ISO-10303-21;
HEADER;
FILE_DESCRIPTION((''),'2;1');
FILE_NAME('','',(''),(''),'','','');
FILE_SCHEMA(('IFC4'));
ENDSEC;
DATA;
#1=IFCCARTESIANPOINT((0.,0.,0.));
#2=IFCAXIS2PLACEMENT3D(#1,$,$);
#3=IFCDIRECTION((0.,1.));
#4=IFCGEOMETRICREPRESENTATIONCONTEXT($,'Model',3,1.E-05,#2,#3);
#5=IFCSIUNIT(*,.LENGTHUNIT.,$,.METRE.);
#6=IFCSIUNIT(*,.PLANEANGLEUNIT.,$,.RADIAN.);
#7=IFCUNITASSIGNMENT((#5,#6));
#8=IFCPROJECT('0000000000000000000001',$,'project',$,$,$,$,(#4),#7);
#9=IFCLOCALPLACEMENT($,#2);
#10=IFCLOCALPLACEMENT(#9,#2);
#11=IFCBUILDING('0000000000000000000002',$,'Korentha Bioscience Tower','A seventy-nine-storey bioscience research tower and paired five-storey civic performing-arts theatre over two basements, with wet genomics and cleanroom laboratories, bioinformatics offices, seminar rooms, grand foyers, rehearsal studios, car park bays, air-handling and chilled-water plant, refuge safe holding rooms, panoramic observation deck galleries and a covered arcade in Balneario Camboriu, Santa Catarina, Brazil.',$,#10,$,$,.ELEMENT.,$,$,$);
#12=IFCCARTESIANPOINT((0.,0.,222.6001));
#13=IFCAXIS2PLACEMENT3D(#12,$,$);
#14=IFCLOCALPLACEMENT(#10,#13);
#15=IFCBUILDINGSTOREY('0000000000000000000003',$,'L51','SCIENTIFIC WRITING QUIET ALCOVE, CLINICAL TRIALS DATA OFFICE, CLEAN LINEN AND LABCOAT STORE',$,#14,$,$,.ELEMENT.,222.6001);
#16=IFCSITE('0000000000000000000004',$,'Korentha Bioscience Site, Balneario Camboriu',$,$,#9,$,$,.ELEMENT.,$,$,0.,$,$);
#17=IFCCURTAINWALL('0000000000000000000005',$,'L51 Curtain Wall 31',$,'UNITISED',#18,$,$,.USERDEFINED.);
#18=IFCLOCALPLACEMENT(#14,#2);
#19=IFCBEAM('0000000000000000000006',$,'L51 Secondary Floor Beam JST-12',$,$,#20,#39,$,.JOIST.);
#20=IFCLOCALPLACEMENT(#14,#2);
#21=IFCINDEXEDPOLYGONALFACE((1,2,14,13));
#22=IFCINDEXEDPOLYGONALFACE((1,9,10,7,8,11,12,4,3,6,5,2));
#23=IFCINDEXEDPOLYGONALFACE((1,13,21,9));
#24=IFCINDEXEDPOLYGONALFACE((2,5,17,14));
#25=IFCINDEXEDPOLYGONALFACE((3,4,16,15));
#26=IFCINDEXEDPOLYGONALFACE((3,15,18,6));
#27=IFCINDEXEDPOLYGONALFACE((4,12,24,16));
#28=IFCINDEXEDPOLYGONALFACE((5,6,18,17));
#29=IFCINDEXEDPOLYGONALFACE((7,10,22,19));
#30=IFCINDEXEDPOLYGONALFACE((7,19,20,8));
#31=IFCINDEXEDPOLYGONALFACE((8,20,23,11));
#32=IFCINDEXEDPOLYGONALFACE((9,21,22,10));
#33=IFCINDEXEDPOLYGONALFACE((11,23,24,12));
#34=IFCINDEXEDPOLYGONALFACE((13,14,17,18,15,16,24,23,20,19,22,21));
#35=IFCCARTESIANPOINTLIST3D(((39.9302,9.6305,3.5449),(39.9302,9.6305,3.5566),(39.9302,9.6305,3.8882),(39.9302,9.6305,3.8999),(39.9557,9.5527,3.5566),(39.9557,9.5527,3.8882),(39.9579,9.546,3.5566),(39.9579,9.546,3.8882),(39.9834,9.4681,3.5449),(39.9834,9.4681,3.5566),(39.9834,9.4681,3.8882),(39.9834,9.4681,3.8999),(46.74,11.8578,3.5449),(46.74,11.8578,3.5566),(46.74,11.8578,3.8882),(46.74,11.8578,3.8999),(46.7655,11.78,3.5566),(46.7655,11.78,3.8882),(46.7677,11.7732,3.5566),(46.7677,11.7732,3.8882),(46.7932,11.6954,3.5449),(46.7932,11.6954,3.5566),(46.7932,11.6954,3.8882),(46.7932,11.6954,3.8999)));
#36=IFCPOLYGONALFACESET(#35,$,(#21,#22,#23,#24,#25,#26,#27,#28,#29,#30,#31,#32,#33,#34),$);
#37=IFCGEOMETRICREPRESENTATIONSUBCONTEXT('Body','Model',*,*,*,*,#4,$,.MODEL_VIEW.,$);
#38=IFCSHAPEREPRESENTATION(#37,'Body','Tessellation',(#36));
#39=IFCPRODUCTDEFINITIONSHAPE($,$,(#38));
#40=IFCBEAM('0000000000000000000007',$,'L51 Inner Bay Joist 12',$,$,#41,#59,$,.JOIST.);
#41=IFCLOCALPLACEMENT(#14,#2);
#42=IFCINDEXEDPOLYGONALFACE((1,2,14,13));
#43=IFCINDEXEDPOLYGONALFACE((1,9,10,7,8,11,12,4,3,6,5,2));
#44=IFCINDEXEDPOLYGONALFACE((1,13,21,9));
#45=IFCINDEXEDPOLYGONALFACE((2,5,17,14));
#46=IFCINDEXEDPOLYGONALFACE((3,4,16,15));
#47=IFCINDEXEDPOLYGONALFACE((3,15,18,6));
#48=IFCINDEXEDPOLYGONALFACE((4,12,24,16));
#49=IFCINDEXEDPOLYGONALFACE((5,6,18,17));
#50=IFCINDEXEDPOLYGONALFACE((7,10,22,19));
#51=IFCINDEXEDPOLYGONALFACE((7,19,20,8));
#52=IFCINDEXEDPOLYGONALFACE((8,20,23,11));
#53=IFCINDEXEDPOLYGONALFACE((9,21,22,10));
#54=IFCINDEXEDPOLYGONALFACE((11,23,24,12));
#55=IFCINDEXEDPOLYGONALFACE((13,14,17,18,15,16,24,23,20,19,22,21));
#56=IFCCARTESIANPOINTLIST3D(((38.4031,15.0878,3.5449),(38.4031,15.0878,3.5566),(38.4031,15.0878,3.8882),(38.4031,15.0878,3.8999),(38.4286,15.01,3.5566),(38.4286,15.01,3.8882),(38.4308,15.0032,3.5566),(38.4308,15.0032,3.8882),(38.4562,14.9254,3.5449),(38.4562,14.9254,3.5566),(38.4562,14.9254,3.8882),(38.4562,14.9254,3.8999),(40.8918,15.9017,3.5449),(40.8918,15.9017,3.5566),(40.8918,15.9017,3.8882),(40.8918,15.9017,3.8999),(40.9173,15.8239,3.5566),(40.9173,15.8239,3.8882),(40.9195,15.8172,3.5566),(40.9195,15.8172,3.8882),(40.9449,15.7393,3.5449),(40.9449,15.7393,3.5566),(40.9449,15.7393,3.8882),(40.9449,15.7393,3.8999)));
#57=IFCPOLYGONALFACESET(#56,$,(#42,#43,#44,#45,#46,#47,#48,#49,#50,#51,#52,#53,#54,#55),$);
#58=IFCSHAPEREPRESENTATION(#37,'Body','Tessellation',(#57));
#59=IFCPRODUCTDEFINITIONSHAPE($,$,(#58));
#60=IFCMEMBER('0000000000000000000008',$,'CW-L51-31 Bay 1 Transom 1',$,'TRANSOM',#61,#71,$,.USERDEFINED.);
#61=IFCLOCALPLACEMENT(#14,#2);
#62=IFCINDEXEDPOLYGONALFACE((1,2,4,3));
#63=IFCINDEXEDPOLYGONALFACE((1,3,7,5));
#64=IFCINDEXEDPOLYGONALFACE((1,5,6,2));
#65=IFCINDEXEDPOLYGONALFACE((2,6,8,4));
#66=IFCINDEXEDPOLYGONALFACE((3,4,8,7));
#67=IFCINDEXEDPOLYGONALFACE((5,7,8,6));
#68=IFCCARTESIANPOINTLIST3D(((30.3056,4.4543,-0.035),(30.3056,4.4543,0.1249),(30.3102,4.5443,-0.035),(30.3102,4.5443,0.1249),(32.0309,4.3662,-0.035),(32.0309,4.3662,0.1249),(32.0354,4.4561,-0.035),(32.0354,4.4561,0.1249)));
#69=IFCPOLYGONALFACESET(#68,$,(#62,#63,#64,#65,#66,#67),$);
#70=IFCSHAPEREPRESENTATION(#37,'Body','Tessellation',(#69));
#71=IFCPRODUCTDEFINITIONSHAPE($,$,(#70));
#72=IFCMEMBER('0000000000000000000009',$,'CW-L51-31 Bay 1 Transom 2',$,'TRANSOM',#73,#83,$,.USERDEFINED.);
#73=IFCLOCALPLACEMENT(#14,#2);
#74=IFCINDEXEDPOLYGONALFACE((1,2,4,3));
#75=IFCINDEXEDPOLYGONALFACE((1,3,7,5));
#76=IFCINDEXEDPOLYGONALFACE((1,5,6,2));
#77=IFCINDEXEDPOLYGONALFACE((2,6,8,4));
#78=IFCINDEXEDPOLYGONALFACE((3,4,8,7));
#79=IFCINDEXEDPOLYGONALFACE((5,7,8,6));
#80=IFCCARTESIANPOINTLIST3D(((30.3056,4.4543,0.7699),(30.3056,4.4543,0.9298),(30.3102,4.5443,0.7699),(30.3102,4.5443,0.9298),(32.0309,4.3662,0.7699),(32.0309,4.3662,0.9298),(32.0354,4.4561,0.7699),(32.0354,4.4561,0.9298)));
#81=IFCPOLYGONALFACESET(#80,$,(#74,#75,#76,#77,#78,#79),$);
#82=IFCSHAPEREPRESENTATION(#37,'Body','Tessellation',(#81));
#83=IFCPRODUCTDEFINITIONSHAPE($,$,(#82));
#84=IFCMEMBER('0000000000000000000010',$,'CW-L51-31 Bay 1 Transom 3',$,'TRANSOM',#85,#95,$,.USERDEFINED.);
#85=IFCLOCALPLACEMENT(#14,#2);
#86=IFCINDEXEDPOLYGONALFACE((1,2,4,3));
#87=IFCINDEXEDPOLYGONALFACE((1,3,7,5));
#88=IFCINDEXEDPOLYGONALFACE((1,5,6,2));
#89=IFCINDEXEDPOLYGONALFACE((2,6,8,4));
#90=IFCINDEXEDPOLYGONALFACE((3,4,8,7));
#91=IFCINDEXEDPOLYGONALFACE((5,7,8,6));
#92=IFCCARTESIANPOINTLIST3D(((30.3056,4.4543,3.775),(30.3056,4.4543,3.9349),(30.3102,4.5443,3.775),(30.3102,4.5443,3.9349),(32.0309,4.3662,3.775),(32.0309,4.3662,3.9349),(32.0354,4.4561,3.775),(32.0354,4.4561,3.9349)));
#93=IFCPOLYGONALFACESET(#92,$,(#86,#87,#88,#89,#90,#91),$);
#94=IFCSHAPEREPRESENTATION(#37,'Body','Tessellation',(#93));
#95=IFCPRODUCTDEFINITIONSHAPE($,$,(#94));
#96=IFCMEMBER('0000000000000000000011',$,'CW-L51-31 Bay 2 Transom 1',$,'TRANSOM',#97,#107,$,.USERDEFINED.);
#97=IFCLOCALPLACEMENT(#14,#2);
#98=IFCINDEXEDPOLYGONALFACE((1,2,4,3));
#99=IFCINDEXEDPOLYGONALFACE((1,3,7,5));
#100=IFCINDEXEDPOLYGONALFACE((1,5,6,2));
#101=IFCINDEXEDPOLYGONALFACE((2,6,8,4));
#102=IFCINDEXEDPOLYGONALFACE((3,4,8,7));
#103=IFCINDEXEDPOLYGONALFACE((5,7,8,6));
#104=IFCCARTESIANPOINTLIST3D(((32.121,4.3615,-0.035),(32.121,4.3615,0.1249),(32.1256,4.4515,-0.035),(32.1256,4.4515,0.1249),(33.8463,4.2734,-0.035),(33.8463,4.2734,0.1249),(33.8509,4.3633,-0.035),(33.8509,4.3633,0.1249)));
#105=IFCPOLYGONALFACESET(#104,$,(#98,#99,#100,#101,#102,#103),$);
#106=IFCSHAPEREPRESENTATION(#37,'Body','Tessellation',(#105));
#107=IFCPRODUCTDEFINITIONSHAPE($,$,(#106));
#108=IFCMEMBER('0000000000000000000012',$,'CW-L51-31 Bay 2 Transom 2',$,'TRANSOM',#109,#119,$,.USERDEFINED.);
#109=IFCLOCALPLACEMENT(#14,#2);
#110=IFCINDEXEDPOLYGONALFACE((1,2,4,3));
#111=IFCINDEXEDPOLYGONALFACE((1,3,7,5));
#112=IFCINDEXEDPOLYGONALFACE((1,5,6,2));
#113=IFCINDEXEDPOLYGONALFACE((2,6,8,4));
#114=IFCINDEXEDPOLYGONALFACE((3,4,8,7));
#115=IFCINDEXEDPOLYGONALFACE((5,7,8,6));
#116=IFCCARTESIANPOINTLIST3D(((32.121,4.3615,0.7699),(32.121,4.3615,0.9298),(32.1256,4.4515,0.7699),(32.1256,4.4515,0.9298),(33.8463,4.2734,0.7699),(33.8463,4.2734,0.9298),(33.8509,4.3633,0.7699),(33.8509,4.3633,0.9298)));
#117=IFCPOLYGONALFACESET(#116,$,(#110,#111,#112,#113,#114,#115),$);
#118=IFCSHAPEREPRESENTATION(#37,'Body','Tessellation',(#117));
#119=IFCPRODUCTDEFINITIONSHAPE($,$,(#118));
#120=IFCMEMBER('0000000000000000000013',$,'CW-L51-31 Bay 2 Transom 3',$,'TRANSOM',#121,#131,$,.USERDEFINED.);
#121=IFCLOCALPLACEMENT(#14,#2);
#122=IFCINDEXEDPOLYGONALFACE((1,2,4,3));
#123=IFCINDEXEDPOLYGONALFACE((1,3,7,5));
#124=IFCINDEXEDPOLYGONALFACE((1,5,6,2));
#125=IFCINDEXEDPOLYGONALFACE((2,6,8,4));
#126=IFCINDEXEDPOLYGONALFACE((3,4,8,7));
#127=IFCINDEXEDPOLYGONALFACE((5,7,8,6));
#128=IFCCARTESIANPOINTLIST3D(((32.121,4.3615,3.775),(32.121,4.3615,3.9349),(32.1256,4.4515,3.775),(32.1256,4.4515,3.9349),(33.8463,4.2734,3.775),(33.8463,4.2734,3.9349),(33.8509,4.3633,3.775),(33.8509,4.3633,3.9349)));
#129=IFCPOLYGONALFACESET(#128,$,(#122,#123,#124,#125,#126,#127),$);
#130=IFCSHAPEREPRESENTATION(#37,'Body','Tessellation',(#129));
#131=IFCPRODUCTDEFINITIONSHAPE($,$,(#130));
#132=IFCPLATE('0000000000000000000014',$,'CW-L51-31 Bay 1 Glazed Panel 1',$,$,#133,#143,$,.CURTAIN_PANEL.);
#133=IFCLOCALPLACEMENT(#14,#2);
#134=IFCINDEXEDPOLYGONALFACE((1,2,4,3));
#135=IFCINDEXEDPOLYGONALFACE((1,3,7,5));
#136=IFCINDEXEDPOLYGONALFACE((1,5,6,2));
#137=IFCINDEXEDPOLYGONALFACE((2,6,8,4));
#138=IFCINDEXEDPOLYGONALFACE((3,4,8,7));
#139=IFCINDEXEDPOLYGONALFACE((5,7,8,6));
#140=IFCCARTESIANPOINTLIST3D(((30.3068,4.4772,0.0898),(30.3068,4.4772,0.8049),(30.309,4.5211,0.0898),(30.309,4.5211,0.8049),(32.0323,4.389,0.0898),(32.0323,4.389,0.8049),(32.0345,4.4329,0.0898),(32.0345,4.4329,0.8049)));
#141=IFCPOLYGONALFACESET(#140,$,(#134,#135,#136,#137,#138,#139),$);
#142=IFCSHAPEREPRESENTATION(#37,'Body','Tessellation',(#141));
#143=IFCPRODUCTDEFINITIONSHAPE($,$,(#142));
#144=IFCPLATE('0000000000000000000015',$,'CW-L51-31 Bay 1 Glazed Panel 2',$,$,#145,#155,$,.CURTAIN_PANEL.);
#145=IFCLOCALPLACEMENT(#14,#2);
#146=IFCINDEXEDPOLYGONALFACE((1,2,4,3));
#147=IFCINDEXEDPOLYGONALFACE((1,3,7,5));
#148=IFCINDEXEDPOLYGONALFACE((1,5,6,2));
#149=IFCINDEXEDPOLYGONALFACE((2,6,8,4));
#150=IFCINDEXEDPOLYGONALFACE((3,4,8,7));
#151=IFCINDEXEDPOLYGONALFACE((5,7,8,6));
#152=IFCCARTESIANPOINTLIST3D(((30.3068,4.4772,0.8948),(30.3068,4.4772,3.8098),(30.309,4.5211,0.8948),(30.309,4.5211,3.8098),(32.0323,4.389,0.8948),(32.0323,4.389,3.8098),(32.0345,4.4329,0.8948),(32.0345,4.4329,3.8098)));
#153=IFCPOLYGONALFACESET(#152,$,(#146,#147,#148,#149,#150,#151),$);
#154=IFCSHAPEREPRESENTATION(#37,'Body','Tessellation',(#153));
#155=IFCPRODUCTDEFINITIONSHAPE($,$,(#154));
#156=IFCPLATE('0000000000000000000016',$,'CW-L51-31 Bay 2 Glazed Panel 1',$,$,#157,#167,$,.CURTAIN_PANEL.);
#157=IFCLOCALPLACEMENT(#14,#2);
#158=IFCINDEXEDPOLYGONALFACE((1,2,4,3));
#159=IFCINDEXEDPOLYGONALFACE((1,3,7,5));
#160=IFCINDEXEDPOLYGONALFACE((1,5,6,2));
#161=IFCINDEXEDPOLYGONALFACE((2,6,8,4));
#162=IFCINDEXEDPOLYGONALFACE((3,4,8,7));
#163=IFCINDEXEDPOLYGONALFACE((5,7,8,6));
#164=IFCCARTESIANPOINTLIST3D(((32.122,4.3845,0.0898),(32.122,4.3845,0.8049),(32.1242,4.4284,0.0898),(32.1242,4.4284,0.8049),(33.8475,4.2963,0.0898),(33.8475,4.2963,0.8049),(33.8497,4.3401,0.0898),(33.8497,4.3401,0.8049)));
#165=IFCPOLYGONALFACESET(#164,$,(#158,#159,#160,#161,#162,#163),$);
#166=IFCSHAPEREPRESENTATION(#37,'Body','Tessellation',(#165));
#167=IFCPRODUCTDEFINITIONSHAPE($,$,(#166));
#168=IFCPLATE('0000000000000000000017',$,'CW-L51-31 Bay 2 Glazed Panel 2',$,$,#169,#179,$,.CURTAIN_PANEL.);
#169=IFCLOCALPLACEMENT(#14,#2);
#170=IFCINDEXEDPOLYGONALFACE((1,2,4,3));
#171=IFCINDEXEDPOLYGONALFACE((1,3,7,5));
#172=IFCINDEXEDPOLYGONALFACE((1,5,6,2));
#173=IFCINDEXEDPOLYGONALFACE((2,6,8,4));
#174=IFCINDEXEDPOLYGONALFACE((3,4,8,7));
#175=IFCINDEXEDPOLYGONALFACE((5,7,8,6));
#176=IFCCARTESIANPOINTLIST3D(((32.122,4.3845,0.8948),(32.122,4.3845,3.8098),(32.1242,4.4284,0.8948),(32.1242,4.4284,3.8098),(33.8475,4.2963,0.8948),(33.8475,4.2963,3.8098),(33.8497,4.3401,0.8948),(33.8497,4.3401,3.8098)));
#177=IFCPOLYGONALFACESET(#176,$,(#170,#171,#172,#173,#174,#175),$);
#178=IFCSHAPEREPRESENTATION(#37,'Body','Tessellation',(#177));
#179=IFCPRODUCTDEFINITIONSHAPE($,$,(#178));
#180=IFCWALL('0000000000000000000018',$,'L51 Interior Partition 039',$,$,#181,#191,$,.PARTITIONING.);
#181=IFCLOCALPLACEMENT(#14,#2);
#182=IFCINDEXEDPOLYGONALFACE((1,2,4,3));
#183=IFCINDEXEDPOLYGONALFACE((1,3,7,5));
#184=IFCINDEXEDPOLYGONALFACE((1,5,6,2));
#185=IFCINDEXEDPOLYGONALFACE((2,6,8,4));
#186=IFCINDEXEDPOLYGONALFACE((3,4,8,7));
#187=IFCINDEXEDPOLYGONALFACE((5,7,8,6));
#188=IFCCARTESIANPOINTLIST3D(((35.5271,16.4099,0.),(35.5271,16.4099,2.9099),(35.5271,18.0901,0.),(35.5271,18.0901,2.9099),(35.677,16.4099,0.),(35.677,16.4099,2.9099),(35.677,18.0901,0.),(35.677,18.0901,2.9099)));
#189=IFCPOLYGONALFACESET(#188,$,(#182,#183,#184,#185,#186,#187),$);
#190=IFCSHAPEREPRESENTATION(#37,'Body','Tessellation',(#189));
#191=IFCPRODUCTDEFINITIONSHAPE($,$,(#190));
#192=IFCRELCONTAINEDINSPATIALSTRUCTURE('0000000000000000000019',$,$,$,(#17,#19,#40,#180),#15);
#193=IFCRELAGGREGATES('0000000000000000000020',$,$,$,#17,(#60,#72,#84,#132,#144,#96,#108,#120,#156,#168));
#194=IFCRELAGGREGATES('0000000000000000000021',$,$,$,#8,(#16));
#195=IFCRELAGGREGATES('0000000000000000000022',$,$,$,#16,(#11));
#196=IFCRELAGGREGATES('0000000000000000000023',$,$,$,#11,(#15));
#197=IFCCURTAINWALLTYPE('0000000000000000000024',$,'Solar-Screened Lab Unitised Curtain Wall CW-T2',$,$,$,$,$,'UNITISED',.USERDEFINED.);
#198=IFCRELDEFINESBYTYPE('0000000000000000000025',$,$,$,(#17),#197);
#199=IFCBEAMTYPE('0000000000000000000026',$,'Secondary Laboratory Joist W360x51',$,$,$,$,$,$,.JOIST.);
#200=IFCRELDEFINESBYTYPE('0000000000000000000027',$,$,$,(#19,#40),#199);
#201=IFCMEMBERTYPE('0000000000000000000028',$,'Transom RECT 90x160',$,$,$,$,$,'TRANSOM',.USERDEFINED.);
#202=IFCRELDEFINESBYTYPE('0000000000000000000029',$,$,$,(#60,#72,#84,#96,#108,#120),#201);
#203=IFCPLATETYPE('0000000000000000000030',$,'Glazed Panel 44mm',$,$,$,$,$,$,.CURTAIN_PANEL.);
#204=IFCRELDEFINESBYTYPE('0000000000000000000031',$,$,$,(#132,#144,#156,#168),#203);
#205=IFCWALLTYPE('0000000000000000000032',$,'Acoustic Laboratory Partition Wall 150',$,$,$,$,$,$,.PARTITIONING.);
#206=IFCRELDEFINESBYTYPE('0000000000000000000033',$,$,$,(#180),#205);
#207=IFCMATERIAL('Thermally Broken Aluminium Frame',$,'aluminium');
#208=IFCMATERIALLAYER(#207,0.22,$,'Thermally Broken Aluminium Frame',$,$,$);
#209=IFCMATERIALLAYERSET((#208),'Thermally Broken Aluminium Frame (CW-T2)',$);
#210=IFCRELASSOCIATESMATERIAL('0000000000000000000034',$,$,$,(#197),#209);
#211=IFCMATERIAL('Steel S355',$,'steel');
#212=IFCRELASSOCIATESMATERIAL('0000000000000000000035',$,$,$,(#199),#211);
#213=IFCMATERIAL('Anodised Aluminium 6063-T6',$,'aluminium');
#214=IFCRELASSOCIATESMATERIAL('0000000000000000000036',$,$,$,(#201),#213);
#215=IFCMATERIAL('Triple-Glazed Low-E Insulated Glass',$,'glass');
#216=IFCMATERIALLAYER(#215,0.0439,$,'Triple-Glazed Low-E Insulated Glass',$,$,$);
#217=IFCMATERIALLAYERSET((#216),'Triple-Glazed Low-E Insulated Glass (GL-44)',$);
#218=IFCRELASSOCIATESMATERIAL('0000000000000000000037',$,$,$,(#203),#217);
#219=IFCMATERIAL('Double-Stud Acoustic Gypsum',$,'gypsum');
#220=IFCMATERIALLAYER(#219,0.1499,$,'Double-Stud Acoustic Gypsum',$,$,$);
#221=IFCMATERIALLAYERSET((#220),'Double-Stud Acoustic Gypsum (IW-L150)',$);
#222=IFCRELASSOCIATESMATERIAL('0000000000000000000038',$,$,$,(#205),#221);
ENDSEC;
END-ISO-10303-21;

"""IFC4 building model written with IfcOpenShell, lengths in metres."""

from ifc_helpers import new_model, si_unit, direction, frame, frame_2d, origin, origin_2d, place, context, subcontext, project, spatial, rectangle, i_section, extrude, material, layer, layer_set, material_profile, profile_set, type_object, element, aggregate, save


model = new_model("IFC4")

# Units and contexts
model_context = context("Model", 3, precision=1e-05, world=origin(), true_north=direction((0.0, 1.0)))
body_context = subcontext(model_context, "Body", "Model", "MODEL_VIEW")
ifc_project = project(units=[si_unit("LENGTHUNIT", "METRE"), si_unit("PLANEANGLEUNIT", "RADIAN")], contexts=[model_context])

# Site, building, storey
site_placement = place(None, origin())
site = spatial("IfcSite", under=ifc_project, at=site_placement, Name="Korentha Bioscience Site, Balneario Camboriu", CompositionType="ELEMENT", RefElevation=0.0)
building_placement = place(site_placement, origin())
building = spatial("IfcBuilding", under=site, at=building_placement, Name="Korentha Bioscience Tower", Description="A seventy-nine-storey bioscience research tower and paired five-storey civic performing-arts theatre over two basements, with wet genomics and cleanroom laboratories, bioinformatics offices, seminar rooms, grand foyers, rehearsal studios, car park bays, air-handling and chilled-water plant, refuge safe holding rooms, panoramic observation deck galleries and a covered arcade in Balneario Camboriu, Santa Catarina, Brazil.", CompositionType="ELEMENT")
storey_placement = place(building_placement, frame((0.0, 0.0, 222.6001)))
storey = spatial("IfcBuildingStorey", under=building, at=storey_placement, Name="L51", Description="SCIENTIFIC WRITING QUIET ALCOVE, CLINICAL TRIALS DATA OFFICE, CLEAN LINEN AND LABCOAT STORE", CompositionType="ELEMENT", Elevation=222.6001)

# Shared definitions
ifc_material_1 = material(Name="Steel S355", Category="steel")

# Curtain wall
ifc_material_2 = material(Name="Thermally Broken Aluminium Frame", Category="aluminium")
ifc_layer_1 = layer(ifc_material_2, 0.22, Name="Thermally Broken Aluminium Frame")
ifc_layer_set_1 = layer_set([ifc_layer_1], Name="Thermally Broken Aluminium Frame (CW-T2)")
curtain_wall_type = type_object("IfcCurtainWallType", Name="Solar-Screened Lab Unitised Curtain Wall CW-T2", ElementType="UNITISED", PredefinedType="USERDEFINED", material=ifc_layer_set_1)
curtain_wall_placement = place(storey_placement, origin())
curtain_wall = element("IfcCurtainWall", 1, at=curtain_wall_placement, inside=storey, type_object=curtain_wall_type, Name="L51 Curtain Wall 31", ObjectType="UNITISED", PredefinedType="USERDEFINED")
ifc_material_3 = material(Name="Anodised Aluminium 6063-T6", Category="aluminium")

# Beams
ifc_material_profile_1 = material_profile(ifc_material_1, i_section(OverallWidth=0.1709, OverallDepth=0.355, WebThickness=0.0071, FlangeThickness=0.0117, at=origin_2d()), Name="Steel S355")
ifc_profile_set_1 = profile_set([ifc_material_profile_1], Name="Steel S355 (JB-360)")
beam_type_1 = type_object("IfcBeamType", Name="Secondary Laboratory Joist W360x51", PredefinedType="JOIST", material=ifc_profile_set_1)
beam_1_placement = place(storey_placement, frame((39.9568, 9.5493, 3.7224), z_axis=(0.950454, 0.310866, 0.0), x_axis=(-0.310866, 0.950454, 0.0)))
element("IfcBeam", 2, at=beam_1_placement, inside=storey, type_object=beam_type_1, Name="L51 Secondary Floor Beam JST-12", PredefinedType="JOIST", context=body_context, shape_type="SweptSolid", body=[
    extrude(i_section(OverallWidth=0.1709, OverallDepth=0.355, WebThickness=0.0071, FlangeThickness=0.0117, at=origin_2d()), origin(), (0.0, 0.0, 1.0), 7.1648),
])
beam_2_placement = place(storey_placement, frame((38.4297, 15.0066, 3.7224), z_axis=(0.950458, 0.310852, 0.0), x_axis=(-0.310852, 0.950458, 0.0)))
element("IfcBeam", 3, at=beam_2_placement, inside=storey, type_object=beam_type_1, Name="L51 Inner Bay Joist 12", PredefinedType="JOIST", context=body_context, shape_type="SweptSolid", body=[
    extrude(i_section(OverallWidth=0.1709, OverallDepth=0.355, WebThickness=0.0071, FlangeThickness=0.0117, at=origin_2d()), origin(), (0.0, 0.0, 1.0), 2.6184),
])

# Members
ifc_material_profile_2 = material_profile(ifc_material_3, rectangle(XDim=0.0901, YDim=0.1599, at=origin_2d()), Name="Anodised Aluminium 6063-T6")
ifc_profile_set_2 = profile_set([ifc_material_profile_2], Name="Anodised Aluminium 6063-T6 (CW-TRN)")
member_type_1 = type_object("IfcMemberType", Name="Transom RECT 90x160", ElementType="TRANSOM", PredefinedType="USERDEFINED", material=ifc_profile_set_2)
member_1_placement = place(storey_placement, frame((30.3079, 4.4993, 0.0449), z_axis=(0.998698, -0.051016, 0.0), x_axis=(0.051016, 0.998698, 0.0)))
member_1 = element("IfcMember", 4, at=member_1_placement, type_object=member_type_1, Name="CW-L51-31 Bay 1 Transom 1", ObjectType="TRANSOM", PredefinedType="USERDEFINED", context=body_context, shape_type="SweptSolid", body=[
    extrude(rectangle(XDim=0.0901, YDim=0.1599, at=origin_2d()), origin(), (0.0, 0.0, 1.0), 1.7275),
])
member_2_placement = place(storey_placement, frame((30.3079, 4.4993, 0.8499), z_axis=(0.998698, -0.051016, 0.0), x_axis=(0.051016, 0.998698, 0.0)))
member_2 = element("IfcMember", 5, at=member_2_placement, type_object=member_type_1, Name="CW-L51-31 Bay 1 Transom 2", ObjectType="TRANSOM", PredefinedType="USERDEFINED", context=body_context, shape_type="SweptSolid", body=[
    extrude(rectangle(XDim=0.0901, YDim=0.1599, at=origin_2d()), origin(), (0.0, 0.0, 1.0), 1.7275),
])
member_3_placement = place(storey_placement, frame((30.3079, 4.4993, 3.855), z_axis=(0.998698, -0.051016, 0.0), x_axis=(0.051016, 0.998698, 0.0)))
member_3 = element("IfcMember", 6, at=member_3_placement, type_object=member_type_1, Name="CW-L51-31 Bay 1 Transom 3", ObjectType="TRANSOM", PredefinedType="USERDEFINED", context=body_context, shape_type="SweptSolid", body=[
    extrude(rectangle(XDim=0.0901, YDim=0.1599, at=origin_2d()), origin(), (0.0, 0.0, 1.0), 1.7275),
])
member_4_placement = place(storey_placement, frame((32.1233, 4.4065, 0.0449), z_axis=(0.998698, -0.051016, 0.0), x_axis=(0.051016, 0.998698, 0.0)))
member_4 = element("IfcMember", 7, at=member_4_placement, type_object=member_type_1, Name="CW-L51-31 Bay 2 Transom 1", ObjectType="TRANSOM", PredefinedType="USERDEFINED", context=body_context, shape_type="SweptSolid", body=[
    extrude(rectangle(XDim=0.0901, YDim=0.1599, at=origin_2d()), origin(), (0.0, 0.0, 1.0), 1.7275),
])
member_5_placement = place(storey_placement, frame((32.1233, 4.4065, 0.8499), z_axis=(0.998698, -0.051016, 0.0), x_axis=(0.051016, 0.998698, 0.0)))
member_5 = element("IfcMember", 8, at=member_5_placement, type_object=member_type_1, Name="CW-L51-31 Bay 2 Transom 2", ObjectType="TRANSOM", PredefinedType="USERDEFINED", context=body_context, shape_type="SweptSolid", body=[
    extrude(rectangle(XDim=0.0901, YDim=0.1599, at=origin_2d()), origin(), (0.0, 0.0, 1.0), 1.7275),
])
member_6_placement = place(storey_placement, frame((32.1233, 4.4065, 3.855), z_axis=(0.998698, -0.051016, 0.0), x_axis=(0.051016, 0.998698, 0.0)))
member_6 = element("IfcMember", 9, at=member_6_placement, type_object=member_type_1, Name="CW-L51-31 Bay 2 Transom 3", ObjectType="TRANSOM", PredefinedType="USERDEFINED", context=body_context, shape_type="SweptSolid", body=[
    extrude(rectangle(XDim=0.0901, YDim=0.1599, at=origin_2d()), origin(), (0.0, 0.0, 1.0), 1.7275),
])

# Plates
ifc_material_4 = material(Name="Triple-Glazed Low-E Insulated Glass", Category="glass")
ifc_layer_2 = layer(ifc_material_4, 0.0439, Name="Triple-Glazed Low-E Insulated Glass")
ifc_layer_set_2 = layer_set([ifc_layer_2], Name="Triple-Glazed Low-E Insulated Glass (GL-44)")
plate_type = type_object("IfcPlateType", Name="Glazed Panel 44mm", PredefinedType="CURTAIN_PANEL", material=ifc_layer_set_2)
plate_1_placement = place(storey_placement, frame((31.1707, 4.4551, 0.0898), z_axis=(0.0, 0.0, 1.0), x_axis=(0.998696, -0.051055, 0.0)))
plate_1 = element("IfcPlate", 10, at=plate_1_placement, type_object=plate_type, Name="CW-L51-31 Bay 1 Glazed Panel 1", PredefinedType="CURTAIN_PANEL", context=body_context, shape_type="SweptSolid", body=[
    extrude(rectangle(XDim=1.7278, YDim=0.0439, at=origin_2d()), origin(), (0.0, 0.0, 1.0), 0.7151),
])
plate_2_placement = place(storey_placement, frame((31.1707, 4.4551, 0.8948), z_axis=(0.0, 0.0, 1.0), x_axis=(0.998696, -0.051055, 0.0)))
plate_2 = element("IfcPlate", 11, at=plate_2_placement, type_object=plate_type, Name="CW-L51-31 Bay 1 Glazed Panel 2", PredefinedType="CURTAIN_PANEL", context=body_context, shape_type="SweptSolid", body=[
    extrude(rectangle(XDim=1.7278, YDim=0.0439, at=origin_2d()), origin(), (0.0, 0.0, 1.0), 2.915),
])
plate_3_placement = place(storey_placement, frame((32.9858, 4.3623, 0.0898), z_axis=(0.0, 0.0, 1.0), x_axis=(0.998696, -0.051055, 0.0)))
plate_3 = element("IfcPlate", 12, at=plate_3_placement, type_object=plate_type, Name="CW-L51-31 Bay 2 Glazed Panel 1", PredefinedType="CURTAIN_PANEL", context=body_context, shape_type="SweptSolid", body=[
    extrude(rectangle(XDim=1.7278, YDim=0.0439, at=origin_2d()), origin(), (0.0, 0.0, 1.0), 0.7151),
])
plate_4_placement = place(storey_placement, frame((32.9858, 4.3623, 0.8948), z_axis=(0.0, 0.0, 1.0), x_axis=(0.998696, -0.051055, 0.0)))
plate_4 = element("IfcPlate", 13, at=plate_4_placement, type_object=plate_type, Name="CW-L51-31 Bay 2 Glazed Panel 2", PredefinedType="CURTAIN_PANEL", context=body_context, shape_type="SweptSolid", body=[
    extrude(rectangle(XDim=1.7278, YDim=0.0439, at=origin_2d()), origin(), (0.0, 0.0, 1.0), 2.915),
])
aggregate(curtain_wall, [member_1, member_2, member_3, plate_1, plate_2, member_4, member_5, member_6, plate_3, plate_4])

# Wall
ifc_material_5 = material(Name="Double-Stud Acoustic Gypsum", Category="gypsum")
ifc_layer_3 = layer(ifc_material_5, 0.1499, Name="Double-Stud Acoustic Gypsum")
ifc_layer_set_3 = layer_set([ifc_layer_3], Name="Double-Stud Acoustic Gypsum (IW-L150)")
wall_type_1 = type_object("IfcWallType", Name="Acoustic Laboratory Partition Wall 150", PredefinedType="PARTITIONING", material=ifc_layer_set_3)
wall_1_placement = place(storey_placement, frame((35.6021, 16.4099, 0.0), z_axis=(0.0, 0.0, 1.0), x_axis=(0.0, 1.0, 0.0)))
element("IfcWall", 14, at=wall_1_placement, inside=storey, type_object=wall_type_1, Name="L51 Interior Partition 039", PredefinedType="PARTITIONING", context=body_context, shape_type="SweptSolid", body=[
    extrude(rectangle(XDim=1.6802, YDim=0.1499, at=frame_2d((0.8401, 0.0))), origin(), (0.0, 0.0, 1.0), 2.9099),
])

save(model, "model.ifc")
